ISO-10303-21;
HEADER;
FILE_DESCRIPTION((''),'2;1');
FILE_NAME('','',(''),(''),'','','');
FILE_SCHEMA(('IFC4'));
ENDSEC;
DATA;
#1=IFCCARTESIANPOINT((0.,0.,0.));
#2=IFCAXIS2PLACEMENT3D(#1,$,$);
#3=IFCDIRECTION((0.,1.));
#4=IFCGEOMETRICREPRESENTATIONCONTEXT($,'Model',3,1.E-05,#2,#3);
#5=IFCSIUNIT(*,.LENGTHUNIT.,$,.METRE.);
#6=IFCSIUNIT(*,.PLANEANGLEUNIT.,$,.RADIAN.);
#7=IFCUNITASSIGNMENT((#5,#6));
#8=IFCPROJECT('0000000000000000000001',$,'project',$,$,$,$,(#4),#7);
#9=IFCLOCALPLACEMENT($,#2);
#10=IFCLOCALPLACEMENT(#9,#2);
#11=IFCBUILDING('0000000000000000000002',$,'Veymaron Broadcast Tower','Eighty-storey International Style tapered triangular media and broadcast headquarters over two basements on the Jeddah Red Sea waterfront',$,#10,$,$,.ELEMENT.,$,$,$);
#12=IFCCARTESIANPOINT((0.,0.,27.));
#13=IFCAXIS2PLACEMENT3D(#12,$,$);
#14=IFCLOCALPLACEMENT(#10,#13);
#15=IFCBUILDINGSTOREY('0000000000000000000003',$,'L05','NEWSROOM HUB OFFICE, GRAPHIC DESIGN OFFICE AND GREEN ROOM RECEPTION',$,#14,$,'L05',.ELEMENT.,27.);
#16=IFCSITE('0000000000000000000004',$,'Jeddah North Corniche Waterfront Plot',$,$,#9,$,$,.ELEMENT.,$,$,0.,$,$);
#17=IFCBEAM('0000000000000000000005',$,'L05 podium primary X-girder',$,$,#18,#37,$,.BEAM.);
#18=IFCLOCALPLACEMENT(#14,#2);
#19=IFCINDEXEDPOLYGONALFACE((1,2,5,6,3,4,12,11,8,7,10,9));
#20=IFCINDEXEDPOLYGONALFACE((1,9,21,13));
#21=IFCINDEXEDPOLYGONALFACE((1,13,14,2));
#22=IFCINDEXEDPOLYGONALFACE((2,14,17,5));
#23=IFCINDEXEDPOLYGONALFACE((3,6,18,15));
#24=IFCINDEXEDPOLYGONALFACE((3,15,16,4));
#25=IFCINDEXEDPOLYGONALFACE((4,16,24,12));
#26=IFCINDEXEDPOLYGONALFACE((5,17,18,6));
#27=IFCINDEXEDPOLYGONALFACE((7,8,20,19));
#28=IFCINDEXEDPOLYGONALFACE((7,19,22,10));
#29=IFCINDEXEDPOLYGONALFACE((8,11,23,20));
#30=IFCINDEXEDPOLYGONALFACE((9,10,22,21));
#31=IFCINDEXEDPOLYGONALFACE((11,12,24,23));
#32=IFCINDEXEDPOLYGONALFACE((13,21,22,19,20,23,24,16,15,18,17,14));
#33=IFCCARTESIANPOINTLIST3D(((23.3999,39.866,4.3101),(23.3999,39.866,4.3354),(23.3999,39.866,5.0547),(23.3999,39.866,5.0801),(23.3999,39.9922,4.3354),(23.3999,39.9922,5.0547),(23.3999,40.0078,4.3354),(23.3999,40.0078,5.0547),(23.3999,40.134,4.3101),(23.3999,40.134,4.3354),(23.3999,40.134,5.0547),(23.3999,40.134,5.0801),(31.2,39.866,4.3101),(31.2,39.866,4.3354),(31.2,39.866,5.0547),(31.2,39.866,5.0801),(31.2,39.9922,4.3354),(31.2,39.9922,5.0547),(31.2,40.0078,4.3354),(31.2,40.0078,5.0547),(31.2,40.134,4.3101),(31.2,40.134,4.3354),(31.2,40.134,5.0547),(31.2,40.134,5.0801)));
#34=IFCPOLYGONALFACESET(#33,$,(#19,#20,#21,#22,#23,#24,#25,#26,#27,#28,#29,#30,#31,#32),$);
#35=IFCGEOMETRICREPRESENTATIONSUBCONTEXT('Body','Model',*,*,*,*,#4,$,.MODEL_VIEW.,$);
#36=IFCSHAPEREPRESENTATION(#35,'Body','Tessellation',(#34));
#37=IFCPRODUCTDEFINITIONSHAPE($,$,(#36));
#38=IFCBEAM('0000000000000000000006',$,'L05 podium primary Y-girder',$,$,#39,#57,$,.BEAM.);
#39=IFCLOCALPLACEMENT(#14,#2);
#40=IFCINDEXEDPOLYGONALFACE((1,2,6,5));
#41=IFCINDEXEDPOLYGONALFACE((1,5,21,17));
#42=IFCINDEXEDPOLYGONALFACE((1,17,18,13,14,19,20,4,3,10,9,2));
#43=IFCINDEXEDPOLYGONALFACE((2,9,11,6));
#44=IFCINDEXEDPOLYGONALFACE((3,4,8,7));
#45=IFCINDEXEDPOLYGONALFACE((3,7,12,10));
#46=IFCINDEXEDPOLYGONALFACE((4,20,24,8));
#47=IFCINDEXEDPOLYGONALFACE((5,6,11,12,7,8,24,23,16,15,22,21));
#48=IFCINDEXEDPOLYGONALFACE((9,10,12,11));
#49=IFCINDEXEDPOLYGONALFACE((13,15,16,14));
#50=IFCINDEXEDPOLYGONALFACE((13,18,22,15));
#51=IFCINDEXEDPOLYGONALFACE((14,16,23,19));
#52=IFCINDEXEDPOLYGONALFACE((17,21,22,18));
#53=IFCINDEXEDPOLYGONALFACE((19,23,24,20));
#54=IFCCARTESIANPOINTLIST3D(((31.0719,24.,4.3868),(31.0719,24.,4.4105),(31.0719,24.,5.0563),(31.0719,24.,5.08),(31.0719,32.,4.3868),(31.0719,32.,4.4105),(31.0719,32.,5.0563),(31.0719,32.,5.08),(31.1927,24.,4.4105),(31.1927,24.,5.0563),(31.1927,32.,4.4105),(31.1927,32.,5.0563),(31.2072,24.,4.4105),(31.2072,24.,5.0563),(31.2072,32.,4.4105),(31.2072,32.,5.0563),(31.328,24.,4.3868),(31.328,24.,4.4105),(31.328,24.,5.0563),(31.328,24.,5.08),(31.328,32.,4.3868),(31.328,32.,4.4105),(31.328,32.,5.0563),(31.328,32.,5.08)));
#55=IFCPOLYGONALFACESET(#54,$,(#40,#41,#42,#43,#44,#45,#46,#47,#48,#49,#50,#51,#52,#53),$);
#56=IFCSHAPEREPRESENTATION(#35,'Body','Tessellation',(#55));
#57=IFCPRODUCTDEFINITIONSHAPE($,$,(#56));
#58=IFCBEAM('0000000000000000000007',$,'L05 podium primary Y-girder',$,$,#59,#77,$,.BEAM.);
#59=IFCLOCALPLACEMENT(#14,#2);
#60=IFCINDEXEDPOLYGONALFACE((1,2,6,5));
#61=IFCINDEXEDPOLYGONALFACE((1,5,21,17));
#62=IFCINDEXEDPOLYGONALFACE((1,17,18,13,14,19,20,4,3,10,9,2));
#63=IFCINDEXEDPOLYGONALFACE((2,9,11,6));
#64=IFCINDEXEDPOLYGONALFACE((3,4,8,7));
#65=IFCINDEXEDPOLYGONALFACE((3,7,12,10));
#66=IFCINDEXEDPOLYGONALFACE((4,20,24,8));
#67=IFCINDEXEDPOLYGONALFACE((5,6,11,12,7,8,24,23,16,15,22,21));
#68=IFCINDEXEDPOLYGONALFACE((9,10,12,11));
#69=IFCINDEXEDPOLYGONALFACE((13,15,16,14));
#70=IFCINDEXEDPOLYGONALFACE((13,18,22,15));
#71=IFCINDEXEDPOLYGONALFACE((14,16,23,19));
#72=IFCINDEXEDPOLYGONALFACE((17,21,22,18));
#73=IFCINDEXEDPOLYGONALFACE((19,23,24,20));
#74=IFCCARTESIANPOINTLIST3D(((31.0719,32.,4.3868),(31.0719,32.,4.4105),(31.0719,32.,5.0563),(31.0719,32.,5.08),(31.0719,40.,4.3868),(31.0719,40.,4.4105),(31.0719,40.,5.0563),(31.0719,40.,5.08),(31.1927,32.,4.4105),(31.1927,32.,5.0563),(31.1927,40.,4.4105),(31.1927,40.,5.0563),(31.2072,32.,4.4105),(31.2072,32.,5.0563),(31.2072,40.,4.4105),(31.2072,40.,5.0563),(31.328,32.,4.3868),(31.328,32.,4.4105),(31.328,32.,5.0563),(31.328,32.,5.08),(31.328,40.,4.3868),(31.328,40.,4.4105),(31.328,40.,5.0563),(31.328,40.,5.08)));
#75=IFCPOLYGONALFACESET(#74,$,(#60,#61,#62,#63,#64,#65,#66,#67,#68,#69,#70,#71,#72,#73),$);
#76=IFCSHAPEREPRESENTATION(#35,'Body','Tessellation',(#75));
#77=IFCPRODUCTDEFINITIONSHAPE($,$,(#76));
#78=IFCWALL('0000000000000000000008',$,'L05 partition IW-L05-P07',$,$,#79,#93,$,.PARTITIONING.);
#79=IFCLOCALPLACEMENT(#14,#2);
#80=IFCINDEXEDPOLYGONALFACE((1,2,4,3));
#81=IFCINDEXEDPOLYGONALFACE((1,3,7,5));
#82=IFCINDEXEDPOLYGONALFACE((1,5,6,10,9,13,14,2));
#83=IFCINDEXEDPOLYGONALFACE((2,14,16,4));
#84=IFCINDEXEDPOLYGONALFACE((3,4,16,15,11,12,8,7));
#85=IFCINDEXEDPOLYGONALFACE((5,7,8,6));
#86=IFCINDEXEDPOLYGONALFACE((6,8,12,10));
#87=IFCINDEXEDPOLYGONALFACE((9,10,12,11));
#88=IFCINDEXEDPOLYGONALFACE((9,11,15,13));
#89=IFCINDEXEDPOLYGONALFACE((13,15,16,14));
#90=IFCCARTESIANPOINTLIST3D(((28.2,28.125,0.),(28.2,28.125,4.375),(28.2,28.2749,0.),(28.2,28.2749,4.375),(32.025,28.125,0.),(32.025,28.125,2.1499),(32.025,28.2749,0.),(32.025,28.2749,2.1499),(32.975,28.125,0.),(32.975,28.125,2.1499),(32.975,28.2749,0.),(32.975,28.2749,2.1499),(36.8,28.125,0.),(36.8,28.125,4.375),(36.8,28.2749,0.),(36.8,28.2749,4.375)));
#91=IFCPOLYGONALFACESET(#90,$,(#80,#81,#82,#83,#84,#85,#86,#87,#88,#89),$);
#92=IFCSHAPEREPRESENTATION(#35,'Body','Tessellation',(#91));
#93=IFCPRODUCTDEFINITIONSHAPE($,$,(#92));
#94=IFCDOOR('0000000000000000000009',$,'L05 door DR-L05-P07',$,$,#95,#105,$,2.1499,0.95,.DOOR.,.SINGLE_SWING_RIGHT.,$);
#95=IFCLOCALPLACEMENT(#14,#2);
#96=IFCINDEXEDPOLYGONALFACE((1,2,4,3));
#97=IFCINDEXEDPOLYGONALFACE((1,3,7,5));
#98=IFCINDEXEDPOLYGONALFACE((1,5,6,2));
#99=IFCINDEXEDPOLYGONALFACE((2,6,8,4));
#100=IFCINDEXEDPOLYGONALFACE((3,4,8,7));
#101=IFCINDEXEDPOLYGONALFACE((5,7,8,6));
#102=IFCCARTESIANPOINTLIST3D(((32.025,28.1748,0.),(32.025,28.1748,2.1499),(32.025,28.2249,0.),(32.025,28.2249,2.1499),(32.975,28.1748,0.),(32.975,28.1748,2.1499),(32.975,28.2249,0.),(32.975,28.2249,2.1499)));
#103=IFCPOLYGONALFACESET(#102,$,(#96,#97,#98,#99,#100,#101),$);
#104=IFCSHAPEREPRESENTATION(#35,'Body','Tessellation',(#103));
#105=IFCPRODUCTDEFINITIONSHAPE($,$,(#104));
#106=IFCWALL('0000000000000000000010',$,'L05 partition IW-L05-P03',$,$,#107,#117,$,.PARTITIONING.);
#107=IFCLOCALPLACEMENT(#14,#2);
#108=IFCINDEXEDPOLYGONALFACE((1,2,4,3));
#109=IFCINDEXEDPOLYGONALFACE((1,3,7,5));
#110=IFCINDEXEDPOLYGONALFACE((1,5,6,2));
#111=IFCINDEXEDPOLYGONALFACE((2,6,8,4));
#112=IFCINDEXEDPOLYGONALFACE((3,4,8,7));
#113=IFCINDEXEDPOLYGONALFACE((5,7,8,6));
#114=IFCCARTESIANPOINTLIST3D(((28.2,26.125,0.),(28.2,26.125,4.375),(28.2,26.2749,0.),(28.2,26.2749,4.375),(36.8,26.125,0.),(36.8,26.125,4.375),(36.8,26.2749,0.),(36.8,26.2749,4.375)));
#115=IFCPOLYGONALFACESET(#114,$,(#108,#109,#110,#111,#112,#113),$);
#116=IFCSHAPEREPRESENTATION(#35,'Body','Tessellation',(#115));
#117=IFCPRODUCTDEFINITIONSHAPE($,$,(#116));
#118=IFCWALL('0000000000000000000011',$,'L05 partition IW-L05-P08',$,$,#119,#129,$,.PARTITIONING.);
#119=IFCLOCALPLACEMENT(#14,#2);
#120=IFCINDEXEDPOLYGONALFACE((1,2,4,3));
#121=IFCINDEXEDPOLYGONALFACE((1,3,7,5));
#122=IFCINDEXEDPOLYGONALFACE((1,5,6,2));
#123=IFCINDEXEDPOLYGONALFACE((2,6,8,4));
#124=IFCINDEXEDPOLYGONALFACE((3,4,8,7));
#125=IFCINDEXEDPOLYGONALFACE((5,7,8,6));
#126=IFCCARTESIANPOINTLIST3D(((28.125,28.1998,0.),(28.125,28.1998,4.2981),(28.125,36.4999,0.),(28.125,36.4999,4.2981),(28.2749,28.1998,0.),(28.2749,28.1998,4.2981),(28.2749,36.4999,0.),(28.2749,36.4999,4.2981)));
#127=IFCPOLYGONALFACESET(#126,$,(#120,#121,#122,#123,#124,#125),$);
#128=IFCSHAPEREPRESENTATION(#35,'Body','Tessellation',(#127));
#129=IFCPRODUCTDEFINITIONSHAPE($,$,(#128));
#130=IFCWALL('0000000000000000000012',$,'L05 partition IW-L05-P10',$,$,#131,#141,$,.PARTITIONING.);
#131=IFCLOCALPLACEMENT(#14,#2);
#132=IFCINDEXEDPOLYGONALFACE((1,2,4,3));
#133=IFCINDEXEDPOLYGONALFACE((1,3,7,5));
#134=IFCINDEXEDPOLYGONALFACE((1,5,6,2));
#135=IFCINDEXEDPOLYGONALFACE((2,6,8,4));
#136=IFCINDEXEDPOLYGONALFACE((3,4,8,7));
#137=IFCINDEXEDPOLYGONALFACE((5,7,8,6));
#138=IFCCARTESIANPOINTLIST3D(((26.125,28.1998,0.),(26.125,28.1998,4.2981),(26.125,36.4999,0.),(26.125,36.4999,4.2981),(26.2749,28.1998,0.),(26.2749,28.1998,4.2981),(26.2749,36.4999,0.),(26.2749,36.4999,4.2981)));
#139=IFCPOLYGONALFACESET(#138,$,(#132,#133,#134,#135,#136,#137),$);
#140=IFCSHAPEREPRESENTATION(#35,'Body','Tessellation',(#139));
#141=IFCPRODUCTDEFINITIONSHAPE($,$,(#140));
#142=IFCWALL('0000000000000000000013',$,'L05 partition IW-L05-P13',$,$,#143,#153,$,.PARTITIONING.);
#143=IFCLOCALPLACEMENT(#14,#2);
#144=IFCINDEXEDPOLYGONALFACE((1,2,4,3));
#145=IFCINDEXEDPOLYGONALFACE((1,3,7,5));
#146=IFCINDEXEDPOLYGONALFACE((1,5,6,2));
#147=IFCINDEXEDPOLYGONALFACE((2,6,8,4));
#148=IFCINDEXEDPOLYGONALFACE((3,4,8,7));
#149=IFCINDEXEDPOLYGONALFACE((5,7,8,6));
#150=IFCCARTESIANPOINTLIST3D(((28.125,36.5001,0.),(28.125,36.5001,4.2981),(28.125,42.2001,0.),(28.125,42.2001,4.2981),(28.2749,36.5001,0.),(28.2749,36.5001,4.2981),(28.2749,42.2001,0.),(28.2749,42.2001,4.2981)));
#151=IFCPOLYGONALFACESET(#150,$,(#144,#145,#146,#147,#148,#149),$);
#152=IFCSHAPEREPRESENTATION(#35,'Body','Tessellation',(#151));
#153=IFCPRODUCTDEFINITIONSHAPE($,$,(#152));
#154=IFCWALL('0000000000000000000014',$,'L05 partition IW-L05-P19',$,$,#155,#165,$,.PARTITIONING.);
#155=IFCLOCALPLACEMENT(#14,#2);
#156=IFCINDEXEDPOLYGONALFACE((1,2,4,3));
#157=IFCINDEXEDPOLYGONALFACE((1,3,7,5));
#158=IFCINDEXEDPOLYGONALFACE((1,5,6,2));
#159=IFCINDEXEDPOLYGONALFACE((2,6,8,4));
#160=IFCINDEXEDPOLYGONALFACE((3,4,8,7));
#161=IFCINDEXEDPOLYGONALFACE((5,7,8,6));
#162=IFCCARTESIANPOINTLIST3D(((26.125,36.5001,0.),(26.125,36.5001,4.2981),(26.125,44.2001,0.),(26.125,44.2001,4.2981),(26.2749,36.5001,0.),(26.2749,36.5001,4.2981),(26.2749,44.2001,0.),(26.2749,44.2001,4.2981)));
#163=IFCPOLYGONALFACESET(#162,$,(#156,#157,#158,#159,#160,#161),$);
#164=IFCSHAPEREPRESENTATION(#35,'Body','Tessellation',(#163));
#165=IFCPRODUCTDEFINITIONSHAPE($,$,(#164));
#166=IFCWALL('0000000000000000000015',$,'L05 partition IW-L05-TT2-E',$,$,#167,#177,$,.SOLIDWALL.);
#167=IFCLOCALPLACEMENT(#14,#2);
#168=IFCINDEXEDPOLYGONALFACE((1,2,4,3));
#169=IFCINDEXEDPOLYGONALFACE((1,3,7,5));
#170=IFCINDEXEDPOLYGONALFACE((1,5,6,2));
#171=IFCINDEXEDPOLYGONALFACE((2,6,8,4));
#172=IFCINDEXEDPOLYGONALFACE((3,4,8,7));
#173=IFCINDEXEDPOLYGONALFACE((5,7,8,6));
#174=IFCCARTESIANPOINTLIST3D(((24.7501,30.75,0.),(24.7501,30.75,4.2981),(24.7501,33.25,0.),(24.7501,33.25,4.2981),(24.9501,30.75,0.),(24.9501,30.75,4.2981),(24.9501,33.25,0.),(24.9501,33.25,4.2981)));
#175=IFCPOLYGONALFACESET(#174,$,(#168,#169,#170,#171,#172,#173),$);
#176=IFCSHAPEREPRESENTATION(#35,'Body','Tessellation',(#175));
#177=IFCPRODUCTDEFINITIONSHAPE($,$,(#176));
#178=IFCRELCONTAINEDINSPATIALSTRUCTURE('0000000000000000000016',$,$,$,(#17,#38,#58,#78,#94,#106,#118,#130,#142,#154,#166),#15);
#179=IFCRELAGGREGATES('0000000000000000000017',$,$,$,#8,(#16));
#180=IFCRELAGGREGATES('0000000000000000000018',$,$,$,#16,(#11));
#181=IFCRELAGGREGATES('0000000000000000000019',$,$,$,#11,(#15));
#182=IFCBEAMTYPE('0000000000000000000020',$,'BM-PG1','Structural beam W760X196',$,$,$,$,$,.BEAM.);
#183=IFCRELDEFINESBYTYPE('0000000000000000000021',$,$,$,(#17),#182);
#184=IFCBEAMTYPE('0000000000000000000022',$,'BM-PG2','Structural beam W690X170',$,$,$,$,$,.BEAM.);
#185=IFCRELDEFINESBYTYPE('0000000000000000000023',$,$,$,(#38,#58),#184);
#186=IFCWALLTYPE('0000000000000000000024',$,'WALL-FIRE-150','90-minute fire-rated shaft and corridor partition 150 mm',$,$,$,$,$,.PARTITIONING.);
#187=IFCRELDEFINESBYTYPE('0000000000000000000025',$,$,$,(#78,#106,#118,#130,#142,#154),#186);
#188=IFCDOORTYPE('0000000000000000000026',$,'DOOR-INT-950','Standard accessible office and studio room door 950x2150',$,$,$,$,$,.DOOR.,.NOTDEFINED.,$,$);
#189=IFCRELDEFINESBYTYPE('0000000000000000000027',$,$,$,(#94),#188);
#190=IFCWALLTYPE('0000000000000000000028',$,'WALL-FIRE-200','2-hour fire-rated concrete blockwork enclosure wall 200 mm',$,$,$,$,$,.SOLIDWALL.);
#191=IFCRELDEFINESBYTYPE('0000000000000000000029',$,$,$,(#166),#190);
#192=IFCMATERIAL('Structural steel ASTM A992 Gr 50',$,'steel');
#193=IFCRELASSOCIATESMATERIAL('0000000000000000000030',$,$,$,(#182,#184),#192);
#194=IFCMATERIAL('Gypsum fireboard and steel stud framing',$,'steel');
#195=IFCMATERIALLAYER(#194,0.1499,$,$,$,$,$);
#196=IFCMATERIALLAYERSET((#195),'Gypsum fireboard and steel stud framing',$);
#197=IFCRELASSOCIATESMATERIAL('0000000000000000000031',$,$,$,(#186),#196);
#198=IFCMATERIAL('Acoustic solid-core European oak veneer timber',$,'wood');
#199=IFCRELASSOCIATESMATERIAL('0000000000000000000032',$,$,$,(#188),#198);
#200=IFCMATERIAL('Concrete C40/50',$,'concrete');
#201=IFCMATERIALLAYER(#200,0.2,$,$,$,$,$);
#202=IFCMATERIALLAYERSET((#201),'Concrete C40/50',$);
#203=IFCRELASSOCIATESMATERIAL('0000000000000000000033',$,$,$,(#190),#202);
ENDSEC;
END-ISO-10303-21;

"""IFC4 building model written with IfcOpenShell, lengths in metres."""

from ifc_helpers import new_model, si_unit, direction, frame, frame_2d, origin, origin_2d, place, context, subcontext, project, spatial, rectangle, i_section, extrude, material, layer, layer_set, material_profile, profile_set, type_object, element, fill, save


model = new_model("IFC4")

# Units and contexts
model_context = context("Model", 3, precision=1e-05, world=origin(), true_north=direction((0.0, 1.0)))
body_context = subcontext(model_context, "Body", "Model", "MODEL_VIEW")
ifc_project = project(units=[si_unit("LENGTHUNIT", "METRE"), si_unit("PLANEANGLEUNIT", "RADIAN")], contexts=[model_context])

# Site, building, storey
site_placement = place(None, origin())
site = spatial("IfcSite", under=ifc_project, at=site_placement, Name="Jeddah North Corniche Waterfront Plot", CompositionType="ELEMENT", RefElevation=0.0)
building_placement = place(site_placement, origin())
building = spatial("IfcBuilding", under=site, at=building_placement, Name="Veymaron Broadcast Tower", Description="Eighty-storey International Style tapered triangular media and broadcast headquarters over two basements on the Jeddah Red Sea waterfront", CompositionType="ELEMENT")
storey_placement = place(building_placement, frame((0.0, 0.0, 27.0)))
storey = spatial("IfcBuildingStorey", under=building, at=storey_placement, Name="L05", Description="NEWSROOM HUB OFFICE, GRAPHIC DESIGN OFFICE AND GREEN ROOM RECEPTION", LongName="L05", CompositionType="ELEMENT", Elevation=27.0)

# Beams
ifc_material_1 = material(Name="Structural steel ASTM A992 Gr 50", Category="steel")
ifc_material_profile_1 = material_profile(ifc_material_1, i_section(OverallWidth=0.2681, OverallDepth=0.77, WebThickness=0.0156, FlangeThickness=0.0254, at=origin_2d()), Name="W760X196")
ifc_profile_set_1 = profile_set([ifc_material_profile_1], Name="Structural steel ASTM A992 Gr 50")
beam_type_1 = type_object("IfcBeamType", Name="BM-PG1", Description="Structural beam W760X196", PredefinedType="BEAM", material=ifc_profile_set_1)
for number, where, z_axis, x_axis, name in (
    (1, (23.3999, 40.0, 4.6951), (1.0, 0.0, 0.0), (0.0, 1.0, 0.0), "L05 podium primary X-girder"),
):
    element("IfcBeam", number, at=place(storey_placement, frame(where, z_axis=z_axis, x_axis=x_axis)), inside=storey, type_object=beam_type_1, Name=name, PredefinedType="BEAM", context=body_context, shape_type="SweptSolid", body=[
        extrude(i_section(OverallWidth=0.2681, OverallDepth=0.77, WebThickness=0.0156, FlangeThickness=0.0254, at=origin_2d()), origin(), (0.0, 0.0, 1.0), 7.8),
    ])
ifc_material_profile_2 = material_profile(ifc_material_1, i_section(OverallWidth=0.2561, OverallDepth=0.6931, WebThickness=0.0144, FlangeThickness=0.0237, at=origin_2d()), Name="W690X170")
ifc_profile_set_2 = profile_set([ifc_material_profile_2], Name="Structural steel ASTM A992 Gr 50")
beam_type_2 = type_object("IfcBeamType", Name="BM-PG2", Description="Structural beam W690X170", PredefinedType="BEAM", material=ifc_profile_set_2)
for number, where, z_axis, x_axis, name in (
    (2, (31.2, 24.0, 4.7334), (0.0, 1.0, 0.0), (-1.0, 0.0, 0.0), "L05 podium primary Y-girder"),
    (3, (31.2, 32.0, 4.7334), (0.0, 1.0, 0.0), (-1.0, 0.0, 0.0), "L05 podium primary Y-girder"),
):
    element("IfcBeam", number, at=place(storey_placement, frame(where, z_axis=z_axis, x_axis=x_axis)), inside=storey, type_object=beam_type_2, Name=name, PredefinedType="BEAM", context=body_context, shape_type="SweptSolid", body=[
        extrude(i_section(OverallWidth=0.2561, OverallDepth=0.6931, WebThickness=0.0144, FlangeThickness=0.0237, at=origin_2d()), origin(), (0.0, 0.0, 1.0), 8.0),
    ])

# Wall, opening, door
ifc_material_2 = material(Name="Gypsum fireboard and steel stud framing", Category="steel")
ifc_layer_1 = layer(ifc_material_2, 0.1499)
ifc_layer_set_1 = layer_set([ifc_layer_1], Name="Gypsum fireboard and steel stud framing")
wall_type_1 = type_object("IfcWallType", Name="WALL-FIRE-150", Description="90-minute fire-rated shaft and corridor partition 150 mm", PredefinedType="PARTITIONING", material=ifc_layer_set_1)
wall_1_placement = place(storey_placement, frame((28.2, 28.2, 0.0), z_axis=(0.0, 0.0, 1.0), x_axis=(1.0, 0.0, 0.0)))
wall_1 = element("IfcWall", 4, at=wall_1_placement, inside=storey, type_object=wall_type_1, Name="L05 partition IW-L05-P07", PredefinedType="PARTITIONING", context=body_context, shape_type="SweptSolid", body=[
    extrude(rectangle(XDim=8.6001, YDim=0.1499, at=frame_2d((4.3, 0.0))), origin(), (0.0, 0.0, 1.0), 4.375),
])
opening_1_placement = place(wall_1_placement, frame((3.825, 0.0, 0.0)))
opening_1 = element("IfcOpeningElement", 5, at=opening_1_placement, cuts=wall_1, PredefinedType="OPENING", context=body_context, shape_type="SweptSolid", body=[
    extrude(rectangle(XDim=0.95, YDim=2.1499, at=frame_2d((0.4751, 1.075))), frame((0.0, 0.085, 0.0), z_axis=(0.0, -1.0, 0.0), x_axis=(1.0, 0.0, 0.0)), (0.0, 0.0, 1.0), 0.1699),
])
ifc_material_3 = material(Name="Acoustic solid-core European oak veneer timber", Category="wood")
door_type = type_object("IfcDoorType", Name="DOOR-INT-950", Description="Standard accessible office and studio room door 950x2150", OperationType="NOTDEFINED", PredefinedType="DOOR", material=ifc_material_3)
door_1_placement = place(opening_1_placement, origin())
door_1 = element("IfcDoor", 6, at=door_1_placement, inside=storey, type_object=door_type, Name="L05 door DR-L05-P07", OperationType="SINGLE_SWING_RIGHT", OverallHeight=2.1499, OverallWidth=0.95, PredefinedType="DOOR", context=body_context, shape_type="SweptSolid", body=[
    extrude(rectangle(XDim=0.95, YDim=2.1499, at=frame_2d((0.4751, 1.075))), frame((0.0, 0.0249, 0.0), z_axis=(0.0, -1.0, 0.0), x_axis=(1.0, 0.0, 0.0)), (0.0, 0.0, 1.0), 0.05),
])
fill(opening_1, door_1)

# Walls
wall_2_placement = place(storey_placement, frame((28.2, 26.2, 0.0), z_axis=(0.0, 0.0, 1.0), x_axis=(1.0, 0.0, 0.0)))
element("IfcWall", 7, at=wall_2_placement, inside=storey, type_object=wall_type_1, Name="L05 partition IW-L05-P03", PredefinedType="PARTITIONING", context=body_context, shape_type="SweptSolid", body=[
    extrude(rectangle(XDim=8.6001, YDim=0.1499, at=frame_2d((4.3, 0.0))), origin(), (0.0, 0.0, 1.0), 4.375),
])
for number, where, z_axis, x_axis, name in (
    (8, (28.2, 28.2, 0.0), (0.0, 0.0, 1.0), (0.0, 1.0, 0.0), "L05 partition IW-L05-P08"),
    (9, (26.2, 28.2, 0.0), (0.0, 0.0, 1.0), (0.0, 1.0, 0.0), "L05 partition IW-L05-P10"),
):
    element("IfcWall", number, at=place(storey_placement, frame(where, z_axis=z_axis, x_axis=x_axis)), inside=storey, type_object=wall_type_1, Name=name, PredefinedType="PARTITIONING", context=body_context, shape_type="SweptSolid", body=[
        extrude(rectangle(XDim=8.3, YDim=0.1499, at=frame_2d((4.1499, 0.0))), origin(), (0.0, 0.0, 1.0), 4.2981),
    ])
wall_3_placement = place(storey_placement, frame((28.2, 36.5, 0.0), z_axis=(0.0, 0.0, 1.0), x_axis=(0.0, 1.0, 0.0)))
element("IfcWall", 10, at=wall_3_placement, inside=storey, type_object=wall_type_1, Name="L05 partition IW-L05-P13", PredefinedType="PARTITIONING", context=body_context, shape_type="SweptSolid", body=[
    extrude(rectangle(XDim=5.7, YDim=0.1499, at=frame_2d((2.8501, 0.0))), origin(), (0.0, 0.0, 1.0), 4.2981),
])
wall_4_placement = place(storey_placement, frame((26.2, 36.5, 0.0), z_axis=(0.0, 0.0, 1.0), x_axis=(0.0, 1.0, 0.0)))
element("IfcWall", 11, at=wall_4_placement, inside=storey, type_object=wall_type_1, Name="L05 partition IW-L05-P19", PredefinedType="PARTITIONING", context=body_context, shape_type="SweptSolid", body=[
    extrude(rectangle(XDim=7.7, YDim=0.1499, at=frame_2d((3.8501, 0.0))), origin(), (0.0, 0.0, 1.0), 4.2981),
])
ifc_material_4 = material(Name="Concrete C40/50", Category="concrete")
ifc_layer_2 = layer(ifc_material_4, 0.2)
ifc_layer_set_2 = layer_set([ifc_layer_2], Name="Concrete C40/50")
wall_type_2 = type_object("IfcWallType", Name="WALL-FIRE-200", Description="2-hour fire-rated concrete blockwork enclosure wall 200 mm", PredefinedType="SOLIDWALL", material=ifc_layer_set_2)
wall_5_placement = place(storey_placement, frame((24.8501, 30.75, 0.0), z_axis=(0.0, 0.0, 1.0), x_axis=(0.0, 1.0, 0.0)))
element("IfcWall", 12, at=wall_5_placement, inside=storey, type_object=wall_type_2, Name="L05 partition IW-L05-TT2-E", PredefinedType="SOLIDWALL", context=body_context, shape_type="SweptSolid", body=[
    extrude(rectangle(XDim=2.5, YDim=0.2, at=frame_2d((1.25, 0.0))), origin(), (0.0, 0.0, 1.0), 4.2981),
])

save(model, "model.ifc")
